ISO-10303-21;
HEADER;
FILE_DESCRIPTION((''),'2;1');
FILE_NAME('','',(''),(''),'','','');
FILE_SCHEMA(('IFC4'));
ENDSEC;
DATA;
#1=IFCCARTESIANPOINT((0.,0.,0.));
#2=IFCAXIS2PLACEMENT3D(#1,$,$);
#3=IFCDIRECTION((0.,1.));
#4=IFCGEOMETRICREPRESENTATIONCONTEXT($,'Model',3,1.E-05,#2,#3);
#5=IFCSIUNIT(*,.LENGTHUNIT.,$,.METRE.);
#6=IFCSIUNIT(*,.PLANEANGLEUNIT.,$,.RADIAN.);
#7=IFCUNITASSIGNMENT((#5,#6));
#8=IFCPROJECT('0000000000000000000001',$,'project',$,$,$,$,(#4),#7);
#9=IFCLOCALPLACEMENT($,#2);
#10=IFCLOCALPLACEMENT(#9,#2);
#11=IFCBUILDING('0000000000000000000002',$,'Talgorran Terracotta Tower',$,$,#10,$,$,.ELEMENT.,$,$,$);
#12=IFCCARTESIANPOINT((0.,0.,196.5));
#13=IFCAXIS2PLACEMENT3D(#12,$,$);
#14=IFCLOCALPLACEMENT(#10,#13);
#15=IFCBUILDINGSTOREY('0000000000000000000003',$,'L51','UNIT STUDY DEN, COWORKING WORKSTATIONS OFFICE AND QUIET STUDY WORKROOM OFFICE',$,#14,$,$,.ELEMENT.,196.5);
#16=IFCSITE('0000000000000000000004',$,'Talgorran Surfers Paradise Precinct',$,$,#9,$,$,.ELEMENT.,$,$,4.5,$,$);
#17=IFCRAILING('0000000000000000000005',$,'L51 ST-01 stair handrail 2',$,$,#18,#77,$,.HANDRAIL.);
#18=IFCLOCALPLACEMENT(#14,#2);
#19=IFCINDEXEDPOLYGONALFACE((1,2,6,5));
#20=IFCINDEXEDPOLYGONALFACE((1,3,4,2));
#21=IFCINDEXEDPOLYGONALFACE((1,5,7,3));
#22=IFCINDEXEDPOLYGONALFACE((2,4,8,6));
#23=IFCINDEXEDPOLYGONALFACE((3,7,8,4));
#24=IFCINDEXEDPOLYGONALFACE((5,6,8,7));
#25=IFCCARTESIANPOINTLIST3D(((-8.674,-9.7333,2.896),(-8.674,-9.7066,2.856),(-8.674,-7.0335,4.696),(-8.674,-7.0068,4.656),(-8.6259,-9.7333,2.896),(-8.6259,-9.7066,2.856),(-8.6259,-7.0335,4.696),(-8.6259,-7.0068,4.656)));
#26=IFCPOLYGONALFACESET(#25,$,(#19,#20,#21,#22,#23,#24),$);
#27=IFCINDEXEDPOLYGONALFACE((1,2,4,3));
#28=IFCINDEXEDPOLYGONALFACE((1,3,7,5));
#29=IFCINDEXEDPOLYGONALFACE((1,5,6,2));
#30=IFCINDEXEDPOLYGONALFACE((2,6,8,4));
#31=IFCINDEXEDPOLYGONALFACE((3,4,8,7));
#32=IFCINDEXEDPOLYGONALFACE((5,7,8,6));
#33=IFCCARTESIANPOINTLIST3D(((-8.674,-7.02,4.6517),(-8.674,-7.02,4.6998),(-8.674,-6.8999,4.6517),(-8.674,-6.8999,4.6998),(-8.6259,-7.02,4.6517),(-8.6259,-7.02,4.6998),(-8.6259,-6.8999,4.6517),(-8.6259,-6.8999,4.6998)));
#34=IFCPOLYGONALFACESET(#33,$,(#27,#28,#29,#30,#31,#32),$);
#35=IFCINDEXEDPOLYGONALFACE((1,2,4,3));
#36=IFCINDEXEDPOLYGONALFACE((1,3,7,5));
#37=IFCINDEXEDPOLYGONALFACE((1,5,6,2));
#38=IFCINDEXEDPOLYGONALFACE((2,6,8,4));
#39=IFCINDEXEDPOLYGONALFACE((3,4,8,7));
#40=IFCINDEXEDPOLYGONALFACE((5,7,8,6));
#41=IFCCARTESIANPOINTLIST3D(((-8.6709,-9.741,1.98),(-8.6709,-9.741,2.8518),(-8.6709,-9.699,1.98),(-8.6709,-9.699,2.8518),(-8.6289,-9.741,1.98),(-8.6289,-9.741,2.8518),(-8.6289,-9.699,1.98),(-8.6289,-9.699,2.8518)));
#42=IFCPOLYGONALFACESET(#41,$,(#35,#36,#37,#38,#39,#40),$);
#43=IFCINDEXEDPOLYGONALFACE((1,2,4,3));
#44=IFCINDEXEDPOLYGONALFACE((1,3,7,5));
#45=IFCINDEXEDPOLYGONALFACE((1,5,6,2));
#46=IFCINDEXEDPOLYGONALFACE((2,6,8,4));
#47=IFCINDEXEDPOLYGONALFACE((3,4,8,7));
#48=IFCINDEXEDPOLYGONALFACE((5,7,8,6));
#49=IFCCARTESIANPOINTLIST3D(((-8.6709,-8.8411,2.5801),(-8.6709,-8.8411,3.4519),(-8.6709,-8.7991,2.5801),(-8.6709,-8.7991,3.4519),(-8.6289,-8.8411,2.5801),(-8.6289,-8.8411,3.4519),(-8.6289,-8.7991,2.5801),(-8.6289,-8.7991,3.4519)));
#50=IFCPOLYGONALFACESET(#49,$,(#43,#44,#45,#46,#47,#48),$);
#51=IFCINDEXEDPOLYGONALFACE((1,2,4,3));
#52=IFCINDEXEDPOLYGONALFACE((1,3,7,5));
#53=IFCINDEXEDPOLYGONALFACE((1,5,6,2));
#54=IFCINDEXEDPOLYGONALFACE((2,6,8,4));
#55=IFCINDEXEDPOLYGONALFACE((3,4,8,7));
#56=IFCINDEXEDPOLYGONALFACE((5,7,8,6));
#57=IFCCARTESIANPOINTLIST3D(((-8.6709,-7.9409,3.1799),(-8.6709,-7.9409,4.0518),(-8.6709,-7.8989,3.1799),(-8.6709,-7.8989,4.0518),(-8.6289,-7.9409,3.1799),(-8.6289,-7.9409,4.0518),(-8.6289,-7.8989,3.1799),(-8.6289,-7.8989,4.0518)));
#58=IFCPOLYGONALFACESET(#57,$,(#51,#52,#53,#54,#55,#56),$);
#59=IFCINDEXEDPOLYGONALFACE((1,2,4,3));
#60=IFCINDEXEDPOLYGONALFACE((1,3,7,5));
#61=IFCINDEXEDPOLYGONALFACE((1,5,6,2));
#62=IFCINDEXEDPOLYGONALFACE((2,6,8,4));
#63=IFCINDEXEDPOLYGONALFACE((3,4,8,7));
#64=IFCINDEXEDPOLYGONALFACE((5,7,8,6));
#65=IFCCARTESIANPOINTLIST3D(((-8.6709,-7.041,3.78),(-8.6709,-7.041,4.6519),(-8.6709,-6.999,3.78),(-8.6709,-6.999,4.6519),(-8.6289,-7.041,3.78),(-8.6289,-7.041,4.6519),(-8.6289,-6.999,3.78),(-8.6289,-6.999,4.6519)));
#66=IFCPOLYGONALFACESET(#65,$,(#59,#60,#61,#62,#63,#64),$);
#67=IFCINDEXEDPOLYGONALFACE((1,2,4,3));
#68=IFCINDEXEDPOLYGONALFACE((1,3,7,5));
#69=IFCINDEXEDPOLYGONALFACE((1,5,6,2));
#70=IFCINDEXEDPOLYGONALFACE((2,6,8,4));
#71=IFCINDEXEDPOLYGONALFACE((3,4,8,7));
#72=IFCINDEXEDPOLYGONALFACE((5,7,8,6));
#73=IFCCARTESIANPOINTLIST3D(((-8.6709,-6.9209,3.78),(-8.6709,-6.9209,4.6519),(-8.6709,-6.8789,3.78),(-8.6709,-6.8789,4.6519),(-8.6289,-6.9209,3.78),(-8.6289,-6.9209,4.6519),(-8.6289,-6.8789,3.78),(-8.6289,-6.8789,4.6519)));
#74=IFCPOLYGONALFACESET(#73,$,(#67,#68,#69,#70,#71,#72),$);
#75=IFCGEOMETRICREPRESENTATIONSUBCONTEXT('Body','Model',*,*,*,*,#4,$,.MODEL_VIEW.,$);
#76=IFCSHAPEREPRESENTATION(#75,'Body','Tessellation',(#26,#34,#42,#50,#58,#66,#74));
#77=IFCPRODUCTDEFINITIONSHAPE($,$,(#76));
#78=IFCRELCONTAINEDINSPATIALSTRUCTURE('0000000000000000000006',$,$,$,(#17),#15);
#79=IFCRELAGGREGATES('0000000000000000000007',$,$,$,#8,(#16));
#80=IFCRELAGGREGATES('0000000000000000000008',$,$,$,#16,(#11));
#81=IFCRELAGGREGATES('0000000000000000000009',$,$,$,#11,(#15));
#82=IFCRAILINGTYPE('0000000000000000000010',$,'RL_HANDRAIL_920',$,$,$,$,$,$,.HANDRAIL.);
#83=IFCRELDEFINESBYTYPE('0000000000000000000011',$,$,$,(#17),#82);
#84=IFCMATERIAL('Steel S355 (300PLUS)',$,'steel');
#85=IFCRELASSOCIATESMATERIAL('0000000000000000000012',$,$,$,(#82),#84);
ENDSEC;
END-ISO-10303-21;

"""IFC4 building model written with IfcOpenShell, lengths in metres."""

from ifc_helpers import new_model, si_unit, direction, frame, origin, origin_2d, place, context, subcontext, project, spatial, rectangle, extrude, material, type_object, element, save


model = new_model("IFC4")

# Units and contexts
model_context = context("Model", 3, precision=1e-05, world=origin(), true_north=direction((0.0, 1.0)))
body_context = subcontext(model_context, "Body", "Model", "MODEL_VIEW")
ifc_project = project(units=[si_unit("LENGTHUNIT", "METRE"), si_unit("PLANEANGLEUNIT", "RADIAN")], contexts=[model_context])

# Site, building, storey
site_placement = place(None, origin())
site = spatial("IfcSite", under=ifc_project, at=site_placement, Name="Talgorran Surfers Paradise Precinct", CompositionType="ELEMENT", RefElevation=4.5)
building_placement = place(site_placement, origin())
building = spatial("IfcBuilding", under=site, at=building_placement, Name="Talgorran Terracotta Tower", CompositionType="ELEMENT")
storey_placement = place(building_placement, frame((0.0, 0.0, 196.5)))
storey = spatial("IfcBuildingStorey", under=building, at=storey_placement, Name="L51", Description="UNIT STUDY DEN, COWORKING WORKSTATIONS OFFICE AND QUIET STUDY WORKROOM OFFICE", CompositionType="ELEMENT", Elevation=196.5)

# Railing
ifc_material_1 = material(Name="Steel S355 (300PLUS)", Category="steel")
railing_type = type_object("IfcRailingType", Name="RL_HANDRAIL_920", PredefinedType="HANDRAIL", material=ifc_material_1)
railing_placement = place(storey_placement, frame((-8.6499, -9.72, 1.98)))
element("IfcRailing", 1, at=railing_placement, inside=storey, type_object=railing_type, Name="L51 ST-01 stair handrail 2", PredefinedType="HANDRAIL", context=body_context, shape_type="SweptSolid", body=[
    extrude(rectangle(XDim=0.0481, YDim=0.0481, at=origin_2d()), frame((0.0, 0.0, 0.896), z_axis=(0.0, 0.832039, 0.554718), x_axis=(-1.0, 0.0, 0.0)), (0.0, 0.0, 1.0), 3.2449),
    extrude(rectangle(XDim=0.0481, YDim=0.0481, at=origin_2d()), frame((0.0, 2.7, 2.6958), z_axis=(0.0, 1.0, 0.0), x_axis=(-1.0, 0.0, 0.0)), (0.0, 0.0, 1.0), 0.1201),
    extrude(rectangle(XDim=0.042, YDim=0.042, at=origin_2d()), origin(), (0.0, 0.0, 1.0), 0.8718),
    extrude(rectangle(XDim=0.042, YDim=0.042, at=origin_2d()), frame((0.0, 0.8999, 0.6001)), (0.0, 0.0, 1.0), 0.8718),
    extrude(rectangle(XDim=0.042, YDim=0.042, at=origin_2d()), frame((0.0, 1.8, 1.2)), (0.0, 0.0, 1.0), 0.8718),
    extrude(rectangle(XDim=0.042, YDim=0.042, at=origin_2d()), frame((0.0, 2.7, 1.8)), (0.0, 0.0, 1.0), 0.8718),
    extrude(rectangle(XDim=0.042, YDim=0.042, at=origin_2d()), frame((0.0, 2.8201, 1.8)), (0.0, 0.0, 1.0), 0.8718),
])

save(model, "model.ifc")
